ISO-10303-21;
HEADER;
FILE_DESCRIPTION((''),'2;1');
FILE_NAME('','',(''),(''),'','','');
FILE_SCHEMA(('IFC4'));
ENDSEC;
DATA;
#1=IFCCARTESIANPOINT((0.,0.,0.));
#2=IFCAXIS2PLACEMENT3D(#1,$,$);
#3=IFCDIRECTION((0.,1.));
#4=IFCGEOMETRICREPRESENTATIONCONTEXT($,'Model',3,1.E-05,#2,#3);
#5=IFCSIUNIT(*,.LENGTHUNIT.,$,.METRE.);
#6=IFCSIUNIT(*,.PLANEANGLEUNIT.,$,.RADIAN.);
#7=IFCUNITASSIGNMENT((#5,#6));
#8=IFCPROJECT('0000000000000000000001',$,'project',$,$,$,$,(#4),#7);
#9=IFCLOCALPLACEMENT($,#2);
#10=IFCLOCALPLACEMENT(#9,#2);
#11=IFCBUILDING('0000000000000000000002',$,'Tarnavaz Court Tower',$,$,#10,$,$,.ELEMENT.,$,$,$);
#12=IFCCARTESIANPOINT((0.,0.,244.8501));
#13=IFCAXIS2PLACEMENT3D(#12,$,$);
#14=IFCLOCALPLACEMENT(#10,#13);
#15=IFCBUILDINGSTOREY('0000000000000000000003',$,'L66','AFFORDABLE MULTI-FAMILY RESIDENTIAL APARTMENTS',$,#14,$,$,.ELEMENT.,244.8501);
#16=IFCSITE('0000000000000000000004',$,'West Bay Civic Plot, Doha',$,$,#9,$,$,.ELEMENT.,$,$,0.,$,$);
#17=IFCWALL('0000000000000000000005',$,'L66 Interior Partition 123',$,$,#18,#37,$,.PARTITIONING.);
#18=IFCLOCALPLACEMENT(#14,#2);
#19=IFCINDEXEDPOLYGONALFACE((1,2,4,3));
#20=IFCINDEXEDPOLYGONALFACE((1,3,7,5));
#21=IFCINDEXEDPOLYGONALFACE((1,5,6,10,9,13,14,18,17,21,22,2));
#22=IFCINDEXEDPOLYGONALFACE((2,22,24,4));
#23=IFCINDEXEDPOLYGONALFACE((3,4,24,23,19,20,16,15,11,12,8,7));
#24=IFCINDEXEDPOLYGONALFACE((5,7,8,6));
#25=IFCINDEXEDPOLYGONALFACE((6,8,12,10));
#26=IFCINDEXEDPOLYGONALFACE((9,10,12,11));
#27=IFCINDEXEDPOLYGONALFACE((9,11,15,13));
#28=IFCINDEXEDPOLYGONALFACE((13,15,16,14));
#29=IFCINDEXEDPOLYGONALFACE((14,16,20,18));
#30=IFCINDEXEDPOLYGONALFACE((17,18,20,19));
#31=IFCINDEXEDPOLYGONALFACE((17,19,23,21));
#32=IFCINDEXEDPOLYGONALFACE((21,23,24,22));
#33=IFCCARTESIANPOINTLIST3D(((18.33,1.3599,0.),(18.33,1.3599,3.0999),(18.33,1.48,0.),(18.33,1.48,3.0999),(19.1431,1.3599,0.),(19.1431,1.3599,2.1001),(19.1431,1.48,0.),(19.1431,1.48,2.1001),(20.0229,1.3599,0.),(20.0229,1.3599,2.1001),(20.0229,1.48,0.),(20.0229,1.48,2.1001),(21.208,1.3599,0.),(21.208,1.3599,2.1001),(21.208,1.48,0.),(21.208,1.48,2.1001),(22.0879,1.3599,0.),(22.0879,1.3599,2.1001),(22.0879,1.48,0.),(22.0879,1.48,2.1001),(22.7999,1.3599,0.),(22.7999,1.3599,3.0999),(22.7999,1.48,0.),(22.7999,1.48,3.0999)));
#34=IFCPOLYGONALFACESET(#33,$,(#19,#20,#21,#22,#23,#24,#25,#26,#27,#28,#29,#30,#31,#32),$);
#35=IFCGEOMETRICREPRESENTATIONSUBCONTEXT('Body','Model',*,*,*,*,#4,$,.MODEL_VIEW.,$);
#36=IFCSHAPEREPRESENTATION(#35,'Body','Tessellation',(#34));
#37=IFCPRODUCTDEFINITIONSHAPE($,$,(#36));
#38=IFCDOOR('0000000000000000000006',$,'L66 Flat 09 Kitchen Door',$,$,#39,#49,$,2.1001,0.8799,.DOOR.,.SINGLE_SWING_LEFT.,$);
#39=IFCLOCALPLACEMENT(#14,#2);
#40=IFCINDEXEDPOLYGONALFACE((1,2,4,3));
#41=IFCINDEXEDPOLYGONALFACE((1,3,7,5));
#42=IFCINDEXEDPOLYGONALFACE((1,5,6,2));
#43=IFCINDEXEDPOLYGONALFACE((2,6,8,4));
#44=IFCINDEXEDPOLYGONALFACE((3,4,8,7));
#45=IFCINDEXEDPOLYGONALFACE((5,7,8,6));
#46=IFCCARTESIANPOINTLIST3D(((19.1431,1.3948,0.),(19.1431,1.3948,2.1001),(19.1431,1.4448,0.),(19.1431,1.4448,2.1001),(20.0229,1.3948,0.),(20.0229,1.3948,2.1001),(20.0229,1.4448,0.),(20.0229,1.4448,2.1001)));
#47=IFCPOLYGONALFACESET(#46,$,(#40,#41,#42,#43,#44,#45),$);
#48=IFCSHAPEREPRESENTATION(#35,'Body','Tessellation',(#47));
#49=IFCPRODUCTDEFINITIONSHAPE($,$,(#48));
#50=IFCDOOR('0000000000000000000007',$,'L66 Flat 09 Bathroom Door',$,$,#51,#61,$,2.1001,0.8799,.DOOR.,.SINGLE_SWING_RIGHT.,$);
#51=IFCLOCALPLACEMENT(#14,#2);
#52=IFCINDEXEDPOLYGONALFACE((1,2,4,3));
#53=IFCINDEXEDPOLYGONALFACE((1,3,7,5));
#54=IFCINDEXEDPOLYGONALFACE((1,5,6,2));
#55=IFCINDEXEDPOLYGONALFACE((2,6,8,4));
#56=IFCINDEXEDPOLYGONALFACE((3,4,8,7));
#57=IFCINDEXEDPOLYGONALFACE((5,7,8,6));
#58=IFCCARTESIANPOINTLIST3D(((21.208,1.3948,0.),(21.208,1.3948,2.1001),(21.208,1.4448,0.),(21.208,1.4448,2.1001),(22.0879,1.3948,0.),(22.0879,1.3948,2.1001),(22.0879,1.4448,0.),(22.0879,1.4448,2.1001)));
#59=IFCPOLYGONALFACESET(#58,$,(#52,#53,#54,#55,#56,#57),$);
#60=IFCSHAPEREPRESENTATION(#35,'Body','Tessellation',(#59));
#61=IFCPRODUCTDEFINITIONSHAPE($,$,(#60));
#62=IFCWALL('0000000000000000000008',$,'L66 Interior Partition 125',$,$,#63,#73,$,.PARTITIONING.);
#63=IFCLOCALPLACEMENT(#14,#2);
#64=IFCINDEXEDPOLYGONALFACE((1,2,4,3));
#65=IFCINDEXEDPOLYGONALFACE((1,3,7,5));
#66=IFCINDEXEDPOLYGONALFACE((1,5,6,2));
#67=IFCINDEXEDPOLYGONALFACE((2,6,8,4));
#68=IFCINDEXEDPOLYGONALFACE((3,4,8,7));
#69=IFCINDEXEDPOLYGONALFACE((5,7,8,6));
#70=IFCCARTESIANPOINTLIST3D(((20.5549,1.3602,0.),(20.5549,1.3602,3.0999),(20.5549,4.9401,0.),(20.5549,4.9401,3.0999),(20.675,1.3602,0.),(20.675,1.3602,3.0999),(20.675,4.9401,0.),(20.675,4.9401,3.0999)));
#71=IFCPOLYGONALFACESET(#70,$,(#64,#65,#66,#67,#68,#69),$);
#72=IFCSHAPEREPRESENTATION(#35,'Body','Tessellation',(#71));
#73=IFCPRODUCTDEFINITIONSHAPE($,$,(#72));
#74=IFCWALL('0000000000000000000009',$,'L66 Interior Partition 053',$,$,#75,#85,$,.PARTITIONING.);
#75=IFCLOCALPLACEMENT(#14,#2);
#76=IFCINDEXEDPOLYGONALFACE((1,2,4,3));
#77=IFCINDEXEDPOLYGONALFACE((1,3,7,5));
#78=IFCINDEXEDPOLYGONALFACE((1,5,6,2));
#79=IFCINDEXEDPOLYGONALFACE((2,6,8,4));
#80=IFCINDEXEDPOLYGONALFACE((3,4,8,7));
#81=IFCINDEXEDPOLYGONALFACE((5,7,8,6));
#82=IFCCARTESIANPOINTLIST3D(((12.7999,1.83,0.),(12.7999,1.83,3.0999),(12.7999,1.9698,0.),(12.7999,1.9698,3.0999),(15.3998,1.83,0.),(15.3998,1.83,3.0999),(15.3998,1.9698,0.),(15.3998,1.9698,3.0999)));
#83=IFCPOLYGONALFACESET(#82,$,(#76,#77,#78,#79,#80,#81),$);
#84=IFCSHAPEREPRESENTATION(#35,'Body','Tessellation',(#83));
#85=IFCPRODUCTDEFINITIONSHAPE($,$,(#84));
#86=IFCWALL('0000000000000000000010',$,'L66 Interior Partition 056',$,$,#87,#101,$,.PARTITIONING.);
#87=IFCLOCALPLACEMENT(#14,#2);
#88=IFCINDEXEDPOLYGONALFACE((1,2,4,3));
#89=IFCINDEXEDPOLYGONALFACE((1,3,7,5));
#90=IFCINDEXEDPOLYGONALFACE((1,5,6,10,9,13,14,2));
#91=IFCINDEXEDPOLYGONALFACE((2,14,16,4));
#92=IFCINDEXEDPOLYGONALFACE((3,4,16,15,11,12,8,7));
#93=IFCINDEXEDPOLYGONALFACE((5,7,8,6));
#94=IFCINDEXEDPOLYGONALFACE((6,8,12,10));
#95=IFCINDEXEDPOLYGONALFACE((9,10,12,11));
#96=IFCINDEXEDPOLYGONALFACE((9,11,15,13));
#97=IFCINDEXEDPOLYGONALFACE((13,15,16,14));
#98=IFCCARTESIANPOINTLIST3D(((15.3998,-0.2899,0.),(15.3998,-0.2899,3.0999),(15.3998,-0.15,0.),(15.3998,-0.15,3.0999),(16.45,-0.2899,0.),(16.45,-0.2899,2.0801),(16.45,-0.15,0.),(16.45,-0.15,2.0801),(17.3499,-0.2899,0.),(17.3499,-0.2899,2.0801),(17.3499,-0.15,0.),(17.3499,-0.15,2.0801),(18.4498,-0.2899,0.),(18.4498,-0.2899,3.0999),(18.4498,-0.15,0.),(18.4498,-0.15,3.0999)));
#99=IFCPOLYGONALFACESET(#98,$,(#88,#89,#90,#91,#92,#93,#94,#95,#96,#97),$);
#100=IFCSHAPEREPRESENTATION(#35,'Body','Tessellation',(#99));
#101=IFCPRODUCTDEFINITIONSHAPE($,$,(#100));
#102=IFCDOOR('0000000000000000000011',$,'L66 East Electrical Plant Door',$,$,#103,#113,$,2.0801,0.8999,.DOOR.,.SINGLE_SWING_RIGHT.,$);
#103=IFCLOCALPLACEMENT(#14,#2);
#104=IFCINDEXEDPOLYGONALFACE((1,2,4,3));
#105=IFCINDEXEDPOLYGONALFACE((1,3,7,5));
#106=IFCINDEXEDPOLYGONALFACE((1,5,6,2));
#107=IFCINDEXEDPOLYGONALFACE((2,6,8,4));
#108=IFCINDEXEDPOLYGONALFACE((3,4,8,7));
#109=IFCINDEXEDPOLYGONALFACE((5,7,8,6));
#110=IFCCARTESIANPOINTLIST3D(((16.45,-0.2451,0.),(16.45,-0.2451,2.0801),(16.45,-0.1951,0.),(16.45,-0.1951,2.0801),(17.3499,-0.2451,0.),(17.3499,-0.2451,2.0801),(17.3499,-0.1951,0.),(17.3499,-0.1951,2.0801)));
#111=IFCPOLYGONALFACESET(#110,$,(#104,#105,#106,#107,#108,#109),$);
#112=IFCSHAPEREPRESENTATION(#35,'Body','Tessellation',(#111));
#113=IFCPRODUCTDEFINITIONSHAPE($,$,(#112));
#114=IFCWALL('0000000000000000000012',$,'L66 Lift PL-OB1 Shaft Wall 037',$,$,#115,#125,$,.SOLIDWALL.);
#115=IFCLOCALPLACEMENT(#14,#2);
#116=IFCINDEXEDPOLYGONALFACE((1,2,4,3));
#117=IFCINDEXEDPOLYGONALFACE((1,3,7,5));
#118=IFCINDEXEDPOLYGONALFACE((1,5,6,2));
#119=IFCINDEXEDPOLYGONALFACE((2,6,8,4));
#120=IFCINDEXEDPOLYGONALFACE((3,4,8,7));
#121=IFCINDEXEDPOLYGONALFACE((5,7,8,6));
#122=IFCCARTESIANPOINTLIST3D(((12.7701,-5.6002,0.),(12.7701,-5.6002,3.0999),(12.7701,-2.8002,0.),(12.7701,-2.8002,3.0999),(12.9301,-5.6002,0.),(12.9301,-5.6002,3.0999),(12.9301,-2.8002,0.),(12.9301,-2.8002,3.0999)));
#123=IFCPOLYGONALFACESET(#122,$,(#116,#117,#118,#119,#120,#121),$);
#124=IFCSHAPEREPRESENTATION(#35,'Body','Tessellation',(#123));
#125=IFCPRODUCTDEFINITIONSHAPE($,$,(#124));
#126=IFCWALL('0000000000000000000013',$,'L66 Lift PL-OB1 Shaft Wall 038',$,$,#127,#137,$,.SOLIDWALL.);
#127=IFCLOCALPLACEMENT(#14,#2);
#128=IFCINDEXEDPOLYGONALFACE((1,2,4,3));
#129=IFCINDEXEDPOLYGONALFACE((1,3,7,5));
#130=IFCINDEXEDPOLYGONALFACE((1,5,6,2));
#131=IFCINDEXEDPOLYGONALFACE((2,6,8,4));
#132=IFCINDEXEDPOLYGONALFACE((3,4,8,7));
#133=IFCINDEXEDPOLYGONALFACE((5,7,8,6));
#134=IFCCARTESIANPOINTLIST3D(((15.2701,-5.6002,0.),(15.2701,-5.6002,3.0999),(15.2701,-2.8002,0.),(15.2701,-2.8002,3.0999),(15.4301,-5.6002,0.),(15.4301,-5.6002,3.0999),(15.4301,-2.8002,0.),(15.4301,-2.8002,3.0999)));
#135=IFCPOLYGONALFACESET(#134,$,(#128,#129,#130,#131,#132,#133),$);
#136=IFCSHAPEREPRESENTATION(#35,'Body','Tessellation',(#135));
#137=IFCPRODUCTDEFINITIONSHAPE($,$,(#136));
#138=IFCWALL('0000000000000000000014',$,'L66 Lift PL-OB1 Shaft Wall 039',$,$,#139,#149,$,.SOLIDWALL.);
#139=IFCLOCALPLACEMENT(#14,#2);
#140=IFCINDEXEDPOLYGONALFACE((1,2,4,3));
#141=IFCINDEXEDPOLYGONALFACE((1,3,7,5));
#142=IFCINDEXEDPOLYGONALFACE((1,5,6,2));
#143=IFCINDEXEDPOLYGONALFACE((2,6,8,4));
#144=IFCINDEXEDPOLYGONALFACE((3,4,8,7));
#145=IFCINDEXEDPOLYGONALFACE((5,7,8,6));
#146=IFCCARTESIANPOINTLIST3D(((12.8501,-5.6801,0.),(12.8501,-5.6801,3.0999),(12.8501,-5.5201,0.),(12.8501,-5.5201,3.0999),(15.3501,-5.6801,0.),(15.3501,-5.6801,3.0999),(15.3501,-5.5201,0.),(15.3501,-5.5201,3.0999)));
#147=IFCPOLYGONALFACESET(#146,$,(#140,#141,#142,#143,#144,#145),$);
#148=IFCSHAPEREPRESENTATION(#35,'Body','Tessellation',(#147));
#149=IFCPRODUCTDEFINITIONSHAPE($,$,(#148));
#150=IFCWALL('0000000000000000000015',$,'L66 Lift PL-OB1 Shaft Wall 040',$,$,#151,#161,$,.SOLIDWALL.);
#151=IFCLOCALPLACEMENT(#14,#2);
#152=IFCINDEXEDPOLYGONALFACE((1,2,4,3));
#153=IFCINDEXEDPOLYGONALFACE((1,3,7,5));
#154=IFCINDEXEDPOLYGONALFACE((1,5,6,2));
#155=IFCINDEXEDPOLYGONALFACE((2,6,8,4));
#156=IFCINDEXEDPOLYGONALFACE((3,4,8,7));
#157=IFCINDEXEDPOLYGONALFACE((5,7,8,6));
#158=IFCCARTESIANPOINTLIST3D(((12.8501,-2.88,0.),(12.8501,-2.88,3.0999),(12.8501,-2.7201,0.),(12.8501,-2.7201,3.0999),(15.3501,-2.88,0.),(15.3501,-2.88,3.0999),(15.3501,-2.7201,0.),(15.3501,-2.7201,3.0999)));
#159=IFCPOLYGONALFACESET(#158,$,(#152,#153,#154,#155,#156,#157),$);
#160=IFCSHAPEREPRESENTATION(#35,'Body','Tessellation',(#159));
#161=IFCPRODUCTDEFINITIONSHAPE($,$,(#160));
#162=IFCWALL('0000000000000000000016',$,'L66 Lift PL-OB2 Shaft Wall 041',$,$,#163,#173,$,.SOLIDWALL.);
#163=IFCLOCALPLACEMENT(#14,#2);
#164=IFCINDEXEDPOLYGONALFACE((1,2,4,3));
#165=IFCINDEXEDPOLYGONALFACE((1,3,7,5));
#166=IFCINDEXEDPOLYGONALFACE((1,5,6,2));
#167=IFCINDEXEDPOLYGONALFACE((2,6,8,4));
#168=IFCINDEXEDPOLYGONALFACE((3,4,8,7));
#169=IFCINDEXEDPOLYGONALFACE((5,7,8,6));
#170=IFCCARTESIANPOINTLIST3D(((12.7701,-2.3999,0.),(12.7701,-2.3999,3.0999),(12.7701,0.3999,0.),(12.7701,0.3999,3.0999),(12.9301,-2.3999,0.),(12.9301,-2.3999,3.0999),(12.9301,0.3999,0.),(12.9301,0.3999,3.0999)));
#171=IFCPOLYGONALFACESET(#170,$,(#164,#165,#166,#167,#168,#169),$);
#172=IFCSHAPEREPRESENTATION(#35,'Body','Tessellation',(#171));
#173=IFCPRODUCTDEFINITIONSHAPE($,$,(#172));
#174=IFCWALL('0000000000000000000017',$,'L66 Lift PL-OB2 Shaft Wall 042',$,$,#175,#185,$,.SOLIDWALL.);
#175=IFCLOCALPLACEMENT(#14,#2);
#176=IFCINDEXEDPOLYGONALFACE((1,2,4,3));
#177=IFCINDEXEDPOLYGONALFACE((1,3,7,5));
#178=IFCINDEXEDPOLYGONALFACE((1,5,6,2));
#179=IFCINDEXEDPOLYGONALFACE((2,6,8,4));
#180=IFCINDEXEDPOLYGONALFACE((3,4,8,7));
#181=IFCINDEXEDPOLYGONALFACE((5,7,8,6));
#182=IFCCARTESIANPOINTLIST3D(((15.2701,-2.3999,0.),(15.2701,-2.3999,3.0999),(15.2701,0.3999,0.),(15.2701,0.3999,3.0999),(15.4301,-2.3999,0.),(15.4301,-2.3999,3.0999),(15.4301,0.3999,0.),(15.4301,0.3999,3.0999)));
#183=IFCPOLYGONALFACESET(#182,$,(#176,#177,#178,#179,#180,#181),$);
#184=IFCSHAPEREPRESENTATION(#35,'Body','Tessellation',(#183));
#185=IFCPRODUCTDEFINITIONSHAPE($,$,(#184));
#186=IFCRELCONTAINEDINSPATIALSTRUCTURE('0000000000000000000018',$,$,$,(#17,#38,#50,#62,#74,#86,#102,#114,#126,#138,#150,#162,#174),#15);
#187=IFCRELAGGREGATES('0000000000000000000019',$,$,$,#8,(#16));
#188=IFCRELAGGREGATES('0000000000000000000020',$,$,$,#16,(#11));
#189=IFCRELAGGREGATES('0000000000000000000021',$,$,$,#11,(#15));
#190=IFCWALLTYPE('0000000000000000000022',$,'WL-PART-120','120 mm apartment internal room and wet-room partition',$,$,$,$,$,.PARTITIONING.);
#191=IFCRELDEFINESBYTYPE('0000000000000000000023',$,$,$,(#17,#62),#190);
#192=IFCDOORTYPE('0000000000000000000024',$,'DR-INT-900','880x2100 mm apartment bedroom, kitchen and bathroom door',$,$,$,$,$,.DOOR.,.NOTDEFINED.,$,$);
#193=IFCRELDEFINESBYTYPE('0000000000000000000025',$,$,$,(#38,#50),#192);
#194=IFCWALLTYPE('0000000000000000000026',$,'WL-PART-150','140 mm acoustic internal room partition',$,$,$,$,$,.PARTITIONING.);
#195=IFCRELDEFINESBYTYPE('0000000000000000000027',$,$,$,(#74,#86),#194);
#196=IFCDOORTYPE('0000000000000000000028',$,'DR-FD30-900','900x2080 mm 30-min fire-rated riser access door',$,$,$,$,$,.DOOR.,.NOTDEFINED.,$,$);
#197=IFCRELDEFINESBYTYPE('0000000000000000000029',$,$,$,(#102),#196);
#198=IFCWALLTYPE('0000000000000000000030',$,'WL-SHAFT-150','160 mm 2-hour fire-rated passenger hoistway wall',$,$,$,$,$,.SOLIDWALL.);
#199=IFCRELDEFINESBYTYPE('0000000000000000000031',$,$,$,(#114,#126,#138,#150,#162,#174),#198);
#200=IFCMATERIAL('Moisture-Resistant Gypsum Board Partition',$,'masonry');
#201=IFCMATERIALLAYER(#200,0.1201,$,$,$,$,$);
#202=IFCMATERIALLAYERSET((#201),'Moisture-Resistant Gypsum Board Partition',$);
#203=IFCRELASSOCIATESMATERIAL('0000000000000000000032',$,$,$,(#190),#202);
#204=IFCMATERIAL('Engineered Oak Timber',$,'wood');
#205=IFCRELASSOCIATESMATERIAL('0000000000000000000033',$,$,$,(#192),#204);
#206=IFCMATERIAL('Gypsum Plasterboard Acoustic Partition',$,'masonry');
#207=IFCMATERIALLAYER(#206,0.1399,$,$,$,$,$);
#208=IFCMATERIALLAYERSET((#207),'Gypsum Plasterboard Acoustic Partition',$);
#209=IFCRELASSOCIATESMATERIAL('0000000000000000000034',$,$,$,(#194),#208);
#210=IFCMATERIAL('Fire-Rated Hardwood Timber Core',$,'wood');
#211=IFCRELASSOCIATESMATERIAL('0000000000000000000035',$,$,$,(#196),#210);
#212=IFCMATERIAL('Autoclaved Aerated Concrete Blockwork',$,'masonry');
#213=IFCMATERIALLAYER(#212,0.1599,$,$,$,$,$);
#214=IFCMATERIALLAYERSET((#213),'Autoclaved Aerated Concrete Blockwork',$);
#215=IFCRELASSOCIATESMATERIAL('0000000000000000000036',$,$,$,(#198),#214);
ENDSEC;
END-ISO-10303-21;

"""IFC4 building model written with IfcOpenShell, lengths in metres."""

from ifc_helpers import new_model, si_unit, direction, frame, frame_2d, origin, place, context, subcontext, project, spatial, rectangle, extrude, material, layer, layer_set, type_object, element, fill, save


model = new_model("IFC4")

# Units and contexts
model_context = context("Model", 3, precision=1e-05, world=origin(), true_north=direction((0.0, 1.0)))
body_context = subcontext(model_context, "Body", "Model", "MODEL_VIEW")
ifc_project = project(units=[si_unit("LENGTHUNIT", "METRE"), si_unit("PLANEANGLEUNIT", "RADIAN")], contexts=[model_context])

# Site, building, storey
site_placement = place(None, origin())
site = spatial("IfcSite", under=ifc_project, at=site_placement, Name="West Bay Civic Plot, Doha", CompositionType="ELEMENT", RefElevation=0.0)
building_placement = place(site_placement, origin())
building = spatial("IfcBuilding", under=site, at=building_placement, Name="Tarnavaz Court Tower", CompositionType="ELEMENT")
storey_placement = place(building_placement, frame((0.0, 0.0, 244.8501)))
storey = spatial("IfcBuildingStorey", under=building, at=storey_placement, Name="L66", Description="AFFORDABLE MULTI-FAMILY RESIDENTIAL APARTMENTS", CompositionType="ELEMENT", Elevation=244.8501)

# Wall, openings, doors
ifc_material_1 = material(Name="Moisture-Resistant Gypsum Board Partition", Category="masonry")
ifc_layer_1 = layer(ifc_material_1, 0.1201)
ifc_layer_set_1 = layer_set([ifc_layer_1], Name="Moisture-Resistant Gypsum Board Partition")
wall_type_1 = type_object("IfcWallType", Name="WL-PART-120", Description="120 mm apartment internal room and wet-room partition", PredefinedType="PARTITIONING", material=ifc_layer_set_1)
wall_1_placement = place(storey_placement, frame((18.3301, 1.4199, 0.0), z_axis=(0.0, 0.0, 1.0), x_axis=(1.0, 0.0, 0.0)))
wall_1 = element("IfcWall", 1, at=wall_1_placement, inside=storey, type_object=wall_type_1, Name="L66 Interior Partition 123", PredefinedType="PARTITIONING", context=body_context, shape_type="SweptSolid", body=[
    extrude(rectangle(XDim=4.47, YDim=0.1201, at=frame_2d((2.2349, 0.0))), origin(), (0.0, 0.0, 1.0), 3.0999),
])
opening_1_placement = place(wall_1_placement, frame((0.813, 0.0, 0.0)))
opening_1 = element("IfcOpeningElement", 2, at=opening_1_placement, cuts=wall_1, PredefinedType="OPENING", context=body_context, shape_type="SweptSolid", body=[
    extrude(rectangle(XDim=0.8799, YDim=2.1001, at=frame_2d((0.4399, 1.05))), frame((0.0, 0.0701, 0.0), z_axis=(0.0, -1.0, 0.0), x_axis=(1.0, 0.0, 0.0)), (0.0, 0.0, 1.0), 0.1401),
])
opening_2_placement = place(wall_1_placement, frame((2.8779, 0.0, 0.0)))
opening_2 = element("IfcOpeningElement", 3, at=opening_2_placement, cuts=wall_1, PredefinedType="OPENING", context=body_context, shape_type="SweptSolid", body=[
    extrude(rectangle(XDim=0.8799, YDim=2.1001, at=frame_2d((0.4399, 1.05))), frame((0.0, 0.0701, 0.0), z_axis=(0.0, -1.0, 0.0), x_axis=(1.0, 0.0, 0.0)), (0.0, 0.0, 1.0), 0.1401),
])
ifc_material_2 = material(Name="Engineered Oak Timber", Category="wood")
door_type_1 = type_object("IfcDoorType", Name="DR-INT-900", Description="880x2100 mm apartment bedroom, kitchen and bathroom door", OperationType="NOTDEFINED", PredefinedType="DOOR", material=ifc_material_2)
door_1_placement = place(opening_1_placement, origin())
door_1 = element("IfcDoor", 4, at=door_1_placement, inside=storey, type_object=door_type_1, Name="L66 Flat 09 Kitchen Door", OperationType="SINGLE_SWING_LEFT", OverallHeight=2.1001, OverallWidth=0.8799, PredefinedType="DOOR", context=body_context, shape_type="SweptSolid", body=[
    extrude(rectangle(XDim=0.8799, YDim=2.1001, at=frame_2d((0.4399, 1.05))), frame((0.0, 0.0249, 0.0), z_axis=(0.0, -1.0, 0.0), x_axis=(1.0, 0.0, 0.0)), (0.0, 0.0, 1.0), 0.05),
])
fill(opening_1, door_1)
door_2_placement = place(opening_2_placement, origin())
door_2 = element("IfcDoor", 5, at=door_2_placement, inside=storey, type_object=door_type_1, Name="L66 Flat 09 Bathroom Door", OperationType="SINGLE_SWING_RIGHT", OverallHeight=2.1001, OverallWidth=0.8799, PredefinedType="DOOR", context=body_context, shape_type="SweptSolid", body=[
    extrude(rectangle(XDim=0.8799, YDim=2.1001, at=frame_2d((0.4399, 1.05))), frame((0.0, 0.0249, 0.0), z_axis=(0.0, -1.0, 0.0), x_axis=(1.0, 0.0, 0.0)), (0.0, 0.0, 1.0), 0.05),
])
fill(opening_2, door_2)

# Walls
wall_2_placement = place(storey_placement, frame((20.615, 1.3601, 0.0), z_axis=(0.0, 0.0, 1.0), x_axis=(0.0, 1.0, 0.0)))
element("IfcWall", 6, at=wall_2_placement, inside=storey, type_object=wall_type_1, Name="L66 Interior Partition 125", PredefinedType="PARTITIONING", context=body_context, shape_type="SweptSolid", body=[
    extrude(rectangle(XDim=3.5798, YDim=0.1201, at=frame_2d((1.79, 0.0))), origin(), (0.0, 0.0, 1.0), 3.0999),
])
ifc_material_3 = material(Name="Gypsum Plasterboard Acoustic Partition", Category="masonry")
ifc_layer_2 = layer(ifc_material_3, 0.1399)
ifc_layer_set_2 = layer_set([ifc_layer_2], Name="Gypsum Plasterboard Acoustic Partition")
wall_type_2 = type_object("IfcWallType", Name="WL-PART-150", Description="140 mm acoustic internal room partition", PredefinedType="PARTITIONING", material=ifc_layer_set_2)
wall_3_placement = place(storey_placement, frame((12.8, 1.8999, 0.0), z_axis=(0.0, 0.0, 1.0), x_axis=(1.0, 0.0, 0.0)))
element("IfcWall", 7, at=wall_3_placement, inside=storey, type_object=wall_type_2, Name="L66 Interior Partition 053", PredefinedType="PARTITIONING", context=body_context, shape_type="SweptSolid", body=[
    extrude(rectangle(XDim=2.5999, YDim=0.1399, at=frame_2d((1.2998, 0.0))), origin(), (0.0, 0.0, 1.0), 3.0999),
])

# Wall, opening, door
wall_4_placement = place(storey_placement, frame((15.3999, -0.22, 0.0), z_axis=(0.0, 0.0, 1.0), x_axis=(1.0, 0.0, 0.0)))
wall_4 = element("IfcWall", 8, at=wall_4_placement, inside=storey, type_object=wall_type_2, Name="L66 Interior Partition 056", PredefinedType="PARTITIONING", context=body_context, shape_type="SweptSolid", body=[
    extrude(rectangle(XDim=3.05, YDim=0.1399, at=frame_2d((1.5249, 0.0))), origin(), (0.0, 0.0, 1.0), 3.0999),
])
opening_3_placement = place(wall_4_placement, frame((1.05, 0.0, 0.0)))
opening_3 = element("IfcOpeningElement", 9, at=opening_3_placement, cuts=wall_4, PredefinedType="OPENING", context=body_context, shape_type="SweptSolid", body=[
    extrude(rectangle(XDim=0.8999, YDim=2.0801, at=frame_2d((0.45, 1.04))), frame((0.0, 0.0798, 0.0), z_axis=(0.0, -1.0, 0.0), x_axis=(1.0, 0.0, 0.0)), (0.0, 0.0, 1.0), 0.1599),
])
ifc_material_4 = material(Name="Fire-Rated Hardwood Timber Core", Category="wood")
door_type_2 = type_object("IfcDoorType", Name="DR-FD30-900", Description="900x2080 mm 30-min fire-rated riser access door", OperationType="NOTDEFINED", PredefinedType="DOOR", material=ifc_material_4)
door_3_placement = place(opening_3_placement, origin())
door_3 = element("IfcDoor", 10, at=door_3_placement, inside=storey, type_object=door_type_2, Name="L66 East Electrical Plant Door", OperationType="SINGLE_SWING_RIGHT", OverallHeight=2.0801, OverallWidth=0.8999, PredefinedType="DOOR", context=body_context, shape_type="SweptSolid", body=[
    extrude(rectangle(XDim=0.8999, YDim=2.0801, at=frame_2d((0.45, 1.04))), frame((0.0, 0.0249, 0.0), z_axis=(0.0, -1.0, 0.0), x_axis=(1.0, 0.0, 0.0)), (0.0, 0.0, 1.0), 0.05),
])
fill(opening_3, door_3)

# Walls
ifc_material_5 = material(Name="Autoclaved Aerated Concrete Blockwork", Category="masonry")
ifc_layer_3 = layer(ifc_material_5, 0.1599)
ifc_layer_set_3 = layer_set([ifc_layer_3], Name="Autoclaved Aerated Concrete Blockwork")
wall_type_3 = type_object("IfcWallType", Name="WL-SHAFT-150", Description="160 mm 2-hour fire-rated passenger hoistway wall", PredefinedType="SOLIDWALL", material=ifc_layer_set_3)
for number, where, z_axis, x_axis, name in (
    (11, (12.8501, -5.6001, 0.0), (0.0, 0.0, 1.0), (0.0, 1.0, 0.0), "L66 Lift PL-OB1 Shaft Wall 037"),
    (12, (15.3501, -5.6001, 0.0), (0.0, 0.0, 1.0), (0.0, 1.0, 0.0), "L66 Lift PL-OB1 Shaft Wall 038"),
):
    element("IfcWall", number, at=place(storey_placement, frame(where, z_axis=z_axis, x_axis=x_axis)), inside=storey, type_object=wall_type_3, Name=name, PredefinedType="SOLIDWALL", context=body_context, shape_type="SweptSolid", body=[
        extrude(rectangle(XDim=2.8, YDim=0.1599, at=frame_2d((1.3999, 0.0))), origin(), (0.0, 0.0, 1.0), 3.0999),
    ])
for number, where, z_axis, x_axis, name in (
    (13, (12.8501, -5.6001, 0.0), (0.0, 0.0, 1.0), (1.0, 0.0, 0.0), "L66 Lift PL-OB1 Shaft Wall 039"),
    (14, (12.8501, -2.8, 0.0), (0.0, 0.0, 1.0), (1.0, 0.0, 0.0), "L66 Lift PL-OB1 Shaft Wall 040"),
):
    element("IfcWall", number, at=place(storey_placement, frame(where, z_axis=z_axis, x_axis=x_axis)), inside=storey, type_object=wall_type_3, Name=name, PredefinedType="SOLIDWALL", context=body_context, shape_type="SweptSolid", body=[
        extrude(rectangle(XDim=2.5, YDim=0.1599, at=frame_2d((1.25, 0.0))), origin(), (0.0, 0.0, 1.0), 3.0999),
    ])
for number, where, z_axis, x_axis, name in (
    (15, (12.8501, -2.3999, 0.0), (0.0, 0.0, 1.0), (0.0, 1.0, 0.0), "L66 Lift PL-OB2 Shaft Wall 041"),
    (16, (15.3501, -2.3999, 0.0), (0.0, 0.0, 1.0), (0.0, 1.0, 0.0), "L66 Lift PL-OB2 Shaft Wall 042"),
):
    element("IfcWall", number, at=place(storey_placement, frame(where, z_axis=z_axis, x_axis=x_axis)), inside=storey, type_object=wall_type_3, Name=name, PredefinedType="SOLIDWALL", context=body_context, shape_type="SweptSolid", body=[
        extrude(rectangle(XDim=2.7998, YDim=0.1599, at=frame_2d((1.3999, 0.0))), origin(), (0.0, 0.0, 1.0), 3.0999),
    ])

save(model, "model.ifc")
